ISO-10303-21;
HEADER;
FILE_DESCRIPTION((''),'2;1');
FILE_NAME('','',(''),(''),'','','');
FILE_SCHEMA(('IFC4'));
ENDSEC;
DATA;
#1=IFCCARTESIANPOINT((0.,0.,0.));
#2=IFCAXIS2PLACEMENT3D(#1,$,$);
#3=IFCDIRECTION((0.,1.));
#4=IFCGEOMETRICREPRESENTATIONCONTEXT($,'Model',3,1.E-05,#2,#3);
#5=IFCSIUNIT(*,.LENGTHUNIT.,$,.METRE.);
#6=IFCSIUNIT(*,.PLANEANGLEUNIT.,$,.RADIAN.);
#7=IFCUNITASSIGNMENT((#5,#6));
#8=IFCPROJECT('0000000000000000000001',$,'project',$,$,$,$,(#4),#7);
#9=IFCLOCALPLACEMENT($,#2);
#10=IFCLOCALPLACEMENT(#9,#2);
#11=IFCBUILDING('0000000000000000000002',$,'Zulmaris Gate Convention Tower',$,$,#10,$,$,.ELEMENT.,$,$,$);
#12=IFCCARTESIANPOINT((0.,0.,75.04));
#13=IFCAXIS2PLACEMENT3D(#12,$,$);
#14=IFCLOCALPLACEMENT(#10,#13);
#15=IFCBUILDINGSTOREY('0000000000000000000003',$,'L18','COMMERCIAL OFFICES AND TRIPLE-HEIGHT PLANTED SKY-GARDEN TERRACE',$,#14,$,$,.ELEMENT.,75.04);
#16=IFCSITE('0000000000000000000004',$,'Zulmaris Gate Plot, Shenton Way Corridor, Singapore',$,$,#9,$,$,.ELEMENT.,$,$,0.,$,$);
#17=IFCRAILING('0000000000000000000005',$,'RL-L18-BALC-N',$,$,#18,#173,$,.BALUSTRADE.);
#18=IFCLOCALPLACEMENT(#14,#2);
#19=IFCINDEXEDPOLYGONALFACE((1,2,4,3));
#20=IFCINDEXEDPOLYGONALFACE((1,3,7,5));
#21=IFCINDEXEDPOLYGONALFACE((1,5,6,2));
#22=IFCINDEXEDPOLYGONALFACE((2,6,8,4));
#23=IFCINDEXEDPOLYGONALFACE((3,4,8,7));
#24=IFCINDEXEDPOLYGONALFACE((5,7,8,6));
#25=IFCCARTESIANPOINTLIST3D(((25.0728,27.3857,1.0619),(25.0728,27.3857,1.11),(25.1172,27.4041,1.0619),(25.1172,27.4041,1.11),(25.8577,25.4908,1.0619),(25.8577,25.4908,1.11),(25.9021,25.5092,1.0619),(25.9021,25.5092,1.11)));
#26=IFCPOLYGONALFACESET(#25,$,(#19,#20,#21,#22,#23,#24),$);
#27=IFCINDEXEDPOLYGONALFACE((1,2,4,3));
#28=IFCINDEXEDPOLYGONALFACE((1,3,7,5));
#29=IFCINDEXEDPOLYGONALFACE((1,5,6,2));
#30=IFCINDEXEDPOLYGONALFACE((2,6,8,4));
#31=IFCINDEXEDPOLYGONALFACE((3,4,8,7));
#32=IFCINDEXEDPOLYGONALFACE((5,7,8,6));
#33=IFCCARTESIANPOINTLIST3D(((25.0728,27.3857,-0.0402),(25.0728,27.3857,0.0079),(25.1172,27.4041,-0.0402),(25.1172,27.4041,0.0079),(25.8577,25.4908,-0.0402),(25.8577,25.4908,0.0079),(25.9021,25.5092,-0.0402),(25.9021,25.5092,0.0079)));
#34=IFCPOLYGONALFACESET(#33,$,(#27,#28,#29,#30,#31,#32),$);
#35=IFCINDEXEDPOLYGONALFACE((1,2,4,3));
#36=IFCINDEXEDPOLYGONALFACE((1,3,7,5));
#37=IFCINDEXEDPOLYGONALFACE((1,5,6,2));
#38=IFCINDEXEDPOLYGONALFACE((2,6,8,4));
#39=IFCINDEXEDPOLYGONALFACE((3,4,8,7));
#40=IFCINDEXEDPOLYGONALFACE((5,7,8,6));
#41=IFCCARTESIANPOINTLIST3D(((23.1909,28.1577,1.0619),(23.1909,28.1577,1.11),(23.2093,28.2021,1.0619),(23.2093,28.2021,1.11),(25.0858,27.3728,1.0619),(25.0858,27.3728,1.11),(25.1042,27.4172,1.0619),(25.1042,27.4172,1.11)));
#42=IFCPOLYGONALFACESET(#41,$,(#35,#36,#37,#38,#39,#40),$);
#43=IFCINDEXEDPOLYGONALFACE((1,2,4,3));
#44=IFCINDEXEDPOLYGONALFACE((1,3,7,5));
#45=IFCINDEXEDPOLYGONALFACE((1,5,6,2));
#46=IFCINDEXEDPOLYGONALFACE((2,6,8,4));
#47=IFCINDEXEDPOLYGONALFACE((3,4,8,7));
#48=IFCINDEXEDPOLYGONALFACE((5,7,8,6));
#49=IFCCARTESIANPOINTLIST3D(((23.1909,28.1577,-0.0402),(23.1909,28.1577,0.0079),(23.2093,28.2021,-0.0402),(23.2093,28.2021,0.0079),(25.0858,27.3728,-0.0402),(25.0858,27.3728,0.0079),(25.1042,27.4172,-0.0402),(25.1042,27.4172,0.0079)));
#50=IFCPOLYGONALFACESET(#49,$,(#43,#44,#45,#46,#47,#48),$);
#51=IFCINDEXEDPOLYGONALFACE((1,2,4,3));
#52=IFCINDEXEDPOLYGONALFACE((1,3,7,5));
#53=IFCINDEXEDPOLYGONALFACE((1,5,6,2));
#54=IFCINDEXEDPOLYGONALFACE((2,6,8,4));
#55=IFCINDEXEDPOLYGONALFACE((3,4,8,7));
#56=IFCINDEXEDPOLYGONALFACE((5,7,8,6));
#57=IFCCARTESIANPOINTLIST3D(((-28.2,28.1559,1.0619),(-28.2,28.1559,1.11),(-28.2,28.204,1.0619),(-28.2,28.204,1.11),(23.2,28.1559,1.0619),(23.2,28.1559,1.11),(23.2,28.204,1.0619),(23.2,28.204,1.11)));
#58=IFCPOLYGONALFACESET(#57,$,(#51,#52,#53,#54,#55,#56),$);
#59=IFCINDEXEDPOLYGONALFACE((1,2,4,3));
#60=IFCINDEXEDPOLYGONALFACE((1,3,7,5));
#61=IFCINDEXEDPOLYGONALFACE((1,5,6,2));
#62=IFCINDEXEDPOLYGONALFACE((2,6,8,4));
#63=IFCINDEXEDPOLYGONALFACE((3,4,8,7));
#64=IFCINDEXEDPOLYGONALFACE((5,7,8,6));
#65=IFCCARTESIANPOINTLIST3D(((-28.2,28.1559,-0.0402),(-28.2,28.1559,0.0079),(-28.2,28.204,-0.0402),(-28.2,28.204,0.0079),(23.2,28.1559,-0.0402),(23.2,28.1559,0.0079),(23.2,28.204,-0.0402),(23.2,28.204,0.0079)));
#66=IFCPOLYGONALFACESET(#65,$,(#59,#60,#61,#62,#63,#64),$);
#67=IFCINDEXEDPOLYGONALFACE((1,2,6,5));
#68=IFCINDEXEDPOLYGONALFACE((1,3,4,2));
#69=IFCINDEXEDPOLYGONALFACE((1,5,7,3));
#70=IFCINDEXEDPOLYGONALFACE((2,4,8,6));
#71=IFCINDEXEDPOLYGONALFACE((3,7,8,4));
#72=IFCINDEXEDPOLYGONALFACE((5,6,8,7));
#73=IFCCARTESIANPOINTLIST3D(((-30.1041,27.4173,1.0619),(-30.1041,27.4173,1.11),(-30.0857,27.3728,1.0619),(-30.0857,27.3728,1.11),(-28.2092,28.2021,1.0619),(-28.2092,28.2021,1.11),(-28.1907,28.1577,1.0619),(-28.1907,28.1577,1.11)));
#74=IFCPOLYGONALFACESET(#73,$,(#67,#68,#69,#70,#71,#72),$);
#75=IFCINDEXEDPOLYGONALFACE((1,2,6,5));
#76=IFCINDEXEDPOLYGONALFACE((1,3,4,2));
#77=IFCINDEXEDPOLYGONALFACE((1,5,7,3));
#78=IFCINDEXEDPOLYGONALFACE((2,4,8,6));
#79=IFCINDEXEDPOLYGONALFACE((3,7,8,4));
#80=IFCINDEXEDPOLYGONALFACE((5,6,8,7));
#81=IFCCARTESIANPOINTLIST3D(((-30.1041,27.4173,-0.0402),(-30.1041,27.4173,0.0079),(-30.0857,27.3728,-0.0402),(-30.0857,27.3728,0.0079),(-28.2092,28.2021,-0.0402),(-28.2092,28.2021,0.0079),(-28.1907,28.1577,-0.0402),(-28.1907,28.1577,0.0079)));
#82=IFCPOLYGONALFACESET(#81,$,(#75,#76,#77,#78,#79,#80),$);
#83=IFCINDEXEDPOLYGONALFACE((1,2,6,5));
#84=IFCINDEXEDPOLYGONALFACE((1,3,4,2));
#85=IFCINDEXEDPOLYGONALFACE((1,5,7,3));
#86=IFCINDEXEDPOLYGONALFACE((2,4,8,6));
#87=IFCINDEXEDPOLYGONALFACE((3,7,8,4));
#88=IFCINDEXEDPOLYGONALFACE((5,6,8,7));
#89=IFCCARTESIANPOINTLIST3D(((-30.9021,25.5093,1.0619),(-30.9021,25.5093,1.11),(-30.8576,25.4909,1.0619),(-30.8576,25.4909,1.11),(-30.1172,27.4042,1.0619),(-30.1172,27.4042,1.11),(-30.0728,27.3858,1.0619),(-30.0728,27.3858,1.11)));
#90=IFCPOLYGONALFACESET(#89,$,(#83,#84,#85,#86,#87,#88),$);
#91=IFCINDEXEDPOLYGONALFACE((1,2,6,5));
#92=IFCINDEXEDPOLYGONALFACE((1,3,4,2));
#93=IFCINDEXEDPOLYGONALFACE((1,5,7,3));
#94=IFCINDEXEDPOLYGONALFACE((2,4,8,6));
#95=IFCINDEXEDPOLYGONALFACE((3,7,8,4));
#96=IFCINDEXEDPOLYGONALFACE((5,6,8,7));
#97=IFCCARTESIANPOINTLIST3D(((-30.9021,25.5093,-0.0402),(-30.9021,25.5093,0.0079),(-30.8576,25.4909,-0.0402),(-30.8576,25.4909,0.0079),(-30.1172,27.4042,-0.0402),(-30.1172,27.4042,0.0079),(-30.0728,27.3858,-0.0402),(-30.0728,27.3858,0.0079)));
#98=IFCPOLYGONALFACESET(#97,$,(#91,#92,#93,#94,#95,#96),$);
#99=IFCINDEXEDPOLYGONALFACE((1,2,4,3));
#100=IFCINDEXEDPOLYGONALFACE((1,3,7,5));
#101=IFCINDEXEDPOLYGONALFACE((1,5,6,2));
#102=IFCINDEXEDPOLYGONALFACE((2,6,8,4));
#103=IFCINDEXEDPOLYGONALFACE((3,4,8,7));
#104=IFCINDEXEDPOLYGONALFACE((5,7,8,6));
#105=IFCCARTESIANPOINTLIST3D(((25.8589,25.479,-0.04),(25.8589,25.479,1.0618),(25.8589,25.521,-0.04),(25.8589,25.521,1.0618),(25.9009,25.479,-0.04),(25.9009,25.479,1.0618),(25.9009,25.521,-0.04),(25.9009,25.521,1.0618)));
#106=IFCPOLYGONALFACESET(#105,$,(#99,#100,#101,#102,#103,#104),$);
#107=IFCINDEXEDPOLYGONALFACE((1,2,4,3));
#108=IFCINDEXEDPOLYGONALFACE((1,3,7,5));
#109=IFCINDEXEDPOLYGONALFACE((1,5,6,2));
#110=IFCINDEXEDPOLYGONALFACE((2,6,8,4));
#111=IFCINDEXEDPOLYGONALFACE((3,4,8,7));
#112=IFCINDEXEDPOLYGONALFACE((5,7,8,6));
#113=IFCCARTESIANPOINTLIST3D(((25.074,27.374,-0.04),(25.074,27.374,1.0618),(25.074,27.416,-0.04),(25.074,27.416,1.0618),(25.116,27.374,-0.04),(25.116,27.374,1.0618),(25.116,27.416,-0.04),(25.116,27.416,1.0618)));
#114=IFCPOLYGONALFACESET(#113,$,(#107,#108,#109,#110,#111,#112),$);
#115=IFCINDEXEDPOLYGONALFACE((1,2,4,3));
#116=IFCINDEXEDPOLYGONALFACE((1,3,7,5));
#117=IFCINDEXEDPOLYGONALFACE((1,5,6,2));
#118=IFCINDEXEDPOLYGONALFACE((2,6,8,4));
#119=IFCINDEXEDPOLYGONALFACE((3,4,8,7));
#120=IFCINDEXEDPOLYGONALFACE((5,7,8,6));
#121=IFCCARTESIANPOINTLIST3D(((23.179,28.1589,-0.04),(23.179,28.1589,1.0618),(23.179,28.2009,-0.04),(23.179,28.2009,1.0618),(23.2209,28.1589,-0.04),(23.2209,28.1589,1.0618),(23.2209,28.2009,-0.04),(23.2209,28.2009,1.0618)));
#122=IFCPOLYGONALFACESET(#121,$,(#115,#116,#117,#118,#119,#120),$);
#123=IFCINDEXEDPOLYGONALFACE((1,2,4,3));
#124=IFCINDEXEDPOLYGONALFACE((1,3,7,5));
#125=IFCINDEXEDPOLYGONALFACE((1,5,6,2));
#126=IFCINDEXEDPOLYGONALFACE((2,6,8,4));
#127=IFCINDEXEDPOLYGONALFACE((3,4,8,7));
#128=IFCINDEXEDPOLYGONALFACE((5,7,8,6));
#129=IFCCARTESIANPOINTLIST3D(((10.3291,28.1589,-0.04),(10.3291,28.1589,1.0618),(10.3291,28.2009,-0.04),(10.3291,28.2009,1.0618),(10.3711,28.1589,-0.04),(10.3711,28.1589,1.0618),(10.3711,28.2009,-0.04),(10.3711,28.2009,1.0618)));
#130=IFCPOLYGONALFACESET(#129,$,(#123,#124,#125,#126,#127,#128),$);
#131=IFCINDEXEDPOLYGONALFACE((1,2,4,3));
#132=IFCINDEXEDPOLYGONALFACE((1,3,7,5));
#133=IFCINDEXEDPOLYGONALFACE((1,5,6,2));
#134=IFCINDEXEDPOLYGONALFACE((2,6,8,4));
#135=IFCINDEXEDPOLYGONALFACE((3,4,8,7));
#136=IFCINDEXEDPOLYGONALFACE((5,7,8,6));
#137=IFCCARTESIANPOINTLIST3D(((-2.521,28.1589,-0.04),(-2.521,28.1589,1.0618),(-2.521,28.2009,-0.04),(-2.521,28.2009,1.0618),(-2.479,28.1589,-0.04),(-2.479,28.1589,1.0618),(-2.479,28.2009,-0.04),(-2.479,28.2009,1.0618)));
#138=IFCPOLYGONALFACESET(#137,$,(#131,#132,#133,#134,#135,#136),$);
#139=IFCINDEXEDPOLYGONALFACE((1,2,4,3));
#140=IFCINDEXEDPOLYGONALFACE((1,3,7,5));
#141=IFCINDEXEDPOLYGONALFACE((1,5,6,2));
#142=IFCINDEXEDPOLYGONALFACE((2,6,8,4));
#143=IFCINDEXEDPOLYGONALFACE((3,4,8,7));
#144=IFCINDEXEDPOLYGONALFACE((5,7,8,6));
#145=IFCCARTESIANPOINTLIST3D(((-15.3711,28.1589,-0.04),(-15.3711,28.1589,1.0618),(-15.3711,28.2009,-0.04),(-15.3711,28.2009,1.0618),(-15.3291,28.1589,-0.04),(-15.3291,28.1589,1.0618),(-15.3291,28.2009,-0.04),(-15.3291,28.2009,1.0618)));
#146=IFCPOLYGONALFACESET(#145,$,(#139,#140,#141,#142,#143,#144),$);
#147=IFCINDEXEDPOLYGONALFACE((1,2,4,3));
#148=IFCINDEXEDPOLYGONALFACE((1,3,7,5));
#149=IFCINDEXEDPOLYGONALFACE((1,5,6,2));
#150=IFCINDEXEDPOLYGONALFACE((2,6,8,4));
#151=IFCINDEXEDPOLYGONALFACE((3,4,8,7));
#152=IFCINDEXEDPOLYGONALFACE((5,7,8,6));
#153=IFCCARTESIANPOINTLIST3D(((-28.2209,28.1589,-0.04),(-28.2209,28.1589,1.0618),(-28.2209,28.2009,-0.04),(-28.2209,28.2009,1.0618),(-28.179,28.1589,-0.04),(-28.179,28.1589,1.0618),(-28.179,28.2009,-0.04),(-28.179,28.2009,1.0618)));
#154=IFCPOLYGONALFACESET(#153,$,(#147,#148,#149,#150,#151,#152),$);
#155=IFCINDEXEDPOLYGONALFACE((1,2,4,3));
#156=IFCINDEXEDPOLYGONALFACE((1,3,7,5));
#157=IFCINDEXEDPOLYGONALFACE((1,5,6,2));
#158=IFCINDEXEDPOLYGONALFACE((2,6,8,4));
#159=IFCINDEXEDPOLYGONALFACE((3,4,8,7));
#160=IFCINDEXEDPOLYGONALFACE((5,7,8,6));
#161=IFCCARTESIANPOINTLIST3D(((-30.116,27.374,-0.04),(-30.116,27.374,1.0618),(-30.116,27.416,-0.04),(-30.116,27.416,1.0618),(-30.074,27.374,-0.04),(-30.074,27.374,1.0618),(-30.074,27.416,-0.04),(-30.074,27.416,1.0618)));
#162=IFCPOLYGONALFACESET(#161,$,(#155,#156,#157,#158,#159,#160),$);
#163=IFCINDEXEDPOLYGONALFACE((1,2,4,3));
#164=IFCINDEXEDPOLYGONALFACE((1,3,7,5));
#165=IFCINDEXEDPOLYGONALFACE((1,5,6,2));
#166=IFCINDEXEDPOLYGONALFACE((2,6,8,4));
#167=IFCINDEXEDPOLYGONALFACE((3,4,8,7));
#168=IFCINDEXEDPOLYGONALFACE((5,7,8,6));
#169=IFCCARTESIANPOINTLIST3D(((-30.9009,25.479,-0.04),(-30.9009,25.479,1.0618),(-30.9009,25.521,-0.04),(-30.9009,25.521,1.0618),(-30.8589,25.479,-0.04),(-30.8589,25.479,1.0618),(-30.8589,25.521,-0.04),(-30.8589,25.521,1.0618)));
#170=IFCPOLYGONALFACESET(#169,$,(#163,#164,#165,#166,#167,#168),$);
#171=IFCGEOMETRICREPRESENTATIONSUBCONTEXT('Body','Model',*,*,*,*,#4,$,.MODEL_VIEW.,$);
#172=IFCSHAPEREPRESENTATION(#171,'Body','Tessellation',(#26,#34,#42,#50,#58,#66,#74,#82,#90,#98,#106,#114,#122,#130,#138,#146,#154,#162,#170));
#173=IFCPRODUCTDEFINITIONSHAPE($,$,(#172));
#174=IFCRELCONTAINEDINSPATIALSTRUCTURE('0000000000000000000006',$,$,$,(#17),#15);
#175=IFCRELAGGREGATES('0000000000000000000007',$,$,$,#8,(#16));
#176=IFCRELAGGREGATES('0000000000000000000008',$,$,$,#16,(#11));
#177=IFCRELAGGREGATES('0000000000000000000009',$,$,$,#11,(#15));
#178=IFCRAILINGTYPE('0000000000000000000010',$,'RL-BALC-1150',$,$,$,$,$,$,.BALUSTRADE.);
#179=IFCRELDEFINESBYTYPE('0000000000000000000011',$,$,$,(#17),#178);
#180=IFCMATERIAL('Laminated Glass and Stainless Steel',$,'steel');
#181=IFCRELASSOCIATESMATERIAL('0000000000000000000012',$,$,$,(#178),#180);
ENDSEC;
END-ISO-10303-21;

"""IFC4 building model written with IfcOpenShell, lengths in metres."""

from ifc_helpers import new_model, si_unit, direction, frame, origin, origin_2d, place, context, subcontext, project, spatial, rectangle, extrude, material, type_object, element, save


model = new_model("IFC4")

# Units and contexts
model_context = context("Model", 3, precision=1e-05, world=origin(), true_north=direction((0.0, 1.0)))
body_context = subcontext(model_context, "Body", "Model", "MODEL_VIEW")
ifc_project = project(units=[si_unit("LENGTHUNIT", "METRE"), si_unit("PLANEANGLEUNIT", "RADIAN")], contexts=[model_context])

# Site, building, storey
site_placement = place(None, origin())
site = spatial("IfcSite", under=ifc_project, at=site_placement, Name="Zulmaris Gate Plot, Shenton Way Corridor, Singapore", CompositionType="ELEMENT", RefElevation=0.0)
building_placement = place(site_placement, origin())
building = spatial("IfcBuilding", under=site, at=building_placement, Name="Zulmaris Gate Convention Tower", CompositionType="ELEMENT")
storey_placement = place(building_placement, frame((0.0, 0.0, 75.04)))
storey = spatial("IfcBuildingStorey", under=building, at=storey_placement, Name="L18", Description="COMMERCIAL OFFICES AND TRIPLE-HEIGHT PLANTED SKY-GARDEN TERRACE", CompositionType="ELEMENT", Elevation=75.04)

# Railing
ifc_material_1 = material(Name="Laminated Glass and Stainless Steel", Category="steel")
railing_type = type_object("IfcRailingType", Name="RL-BALC-1150", PredefinedType="BALUSTRADE", material=ifc_material_1)
railing_placement = place(storey_placement, frame((25.8799, 25.5, -0.04)))
element("IfcRailing", 1, at=railing_placement, inside=storey, type_object=railing_type, Name="RL-L18-BALC-N", PredefinedType="BALUSTRADE", context=body_context, shape_type="SweptSolid", body=[
    extrude(rectangle(XDim=0.0481, YDim=0.0481, at=origin_2d()), frame((0.0, 0.0, 1.126), z_axis=(-0.382671, 0.923885, 0.0), x_axis=(-0.923885, -0.382671, 0.0)), (0.0, 0.0, 1.0), 2.051),
    extrude(rectangle(XDim=0.0481, YDim=0.0481, at=origin_2d()), frame((0.0, 0.0, 0.0239), z_axis=(-0.382671, 0.923885, 0.0), x_axis=(-0.923885, -0.382671, 0.0)), (0.0, 0.0, 1.0), 2.051),
    extrude(rectangle(XDim=0.0481, YDim=0.0481, at=origin_2d()), frame((-0.7849, 1.895, 1.126), z_axis=(-0.923885, 0.382671, 0.0), x_axis=(-0.382671, -0.923885, 0.0)), (0.0, 0.0, 1.0), 2.051),
    extrude(rectangle(XDim=0.0481, YDim=0.0481, at=origin_2d()), frame((-0.7849, 1.895, 0.0239), z_axis=(-0.923885, 0.382671, 0.0), x_axis=(-0.382671, -0.923885, 0.0)), (0.0, 0.0, 1.0), 2.051),
    extrude(rectangle(XDim=0.0481, YDim=0.0481, at=origin_2d()), frame((-2.6799, 2.6799, 1.126), z_axis=(-1.0, 0.0, 0.0), x_axis=(0.0, -1.0, 0.0)), (0.0, 0.0, 1.0), 51.3999),
    extrude(rectangle(XDim=0.0481, YDim=0.0481, at=origin_2d()), frame((-2.6799, 2.6799, 0.0239), z_axis=(-1.0, 0.0, 0.0), x_axis=(0.0, -1.0, 0.0)), (0.0, 0.0, 1.0), 51.3999),
    extrude(rectangle(XDim=0.0481, YDim=0.0481, at=origin_2d()), frame((-54.0798, 2.6799, 1.126), z_axis=(-0.923885, -0.382671, 0.0), x_axis=(0.382671, -0.923885, 0.0)), (0.0, 0.0, 1.0), 2.051),
    extrude(rectangle(XDim=0.0481, YDim=0.0481, at=origin_2d()), frame((-54.0798, 2.6799, 0.0239), z_axis=(-0.923885, -0.382671, 0.0), x_axis=(0.382671, -0.923885, 0.0)), (0.0, 0.0, 1.0), 2.051),
    extrude(rectangle(XDim=0.0481, YDim=0.0481, at=origin_2d()), frame((-55.9749, 1.895, 1.126), z_axis=(-0.382671, -0.923885, 0.0), x_axis=(0.923885, -0.382671, 0.0)), (0.0, 0.0, 1.0), 2.051),
    extrude(rectangle(XDim=0.0481, YDim=0.0481, at=origin_2d()), frame((-55.9749, 1.895, 0.0239), z_axis=(-0.382671, -0.923885, 0.0), x_axis=(0.923885, -0.382671, 0.0)), (0.0, 0.0, 1.0), 2.051),
    extrude(rectangle(XDim=0.042, YDim=0.042, at=origin_2d()), origin(), (0.0, 0.0, 1.0), 1.1018),
    extrude(rectangle(XDim=0.042, YDim=0.042, at=origin_2d()), frame((-0.7849, 1.895, 0.0)), (0.0, 0.0, 1.0), 1.1018),
    extrude(rectangle(XDim=0.042, YDim=0.042, at=origin_2d()), frame((-2.6799, 2.6799, 0.0)), (0.0, 0.0, 1.0), 1.1018),
    extrude(rectangle(XDim=0.042, YDim=0.042, at=origin_2d()), frame((-15.5298, 2.6799, 0.0)), (0.0, 0.0, 1.0), 1.1018),
    extrude(rectangle(XDim=0.042, YDim=0.042, at=origin_2d()), frame((-28.3799, 2.6799, 0.0)), (0.0, 0.0, 1.0), 1.1018),
    extrude(rectangle(XDim=0.042, YDim=0.042, at=origin_2d()), frame((-41.23, 2.6799, 0.0)), (0.0, 0.0, 1.0), 1.1018),
    extrude(rectangle(XDim=0.042, YDim=0.042, at=origin_2d()), frame((-54.0798, 2.6799, 0.0)), (0.0, 0.0, 1.0), 1.1018),
    extrude(rectangle(XDim=0.042, YDim=0.042, at=origin_2d()), frame((-55.9749, 1.895, 0.0)), (0.0, 0.0, 1.0), 1.1018),
    extrude(rectangle(XDim=0.042, YDim=0.042, at=origin_2d()), frame((-56.7598, 0.0, 0.0)), (0.0, 0.0, 1.0), 1.1018),
])

save(model, "model.ifc")
